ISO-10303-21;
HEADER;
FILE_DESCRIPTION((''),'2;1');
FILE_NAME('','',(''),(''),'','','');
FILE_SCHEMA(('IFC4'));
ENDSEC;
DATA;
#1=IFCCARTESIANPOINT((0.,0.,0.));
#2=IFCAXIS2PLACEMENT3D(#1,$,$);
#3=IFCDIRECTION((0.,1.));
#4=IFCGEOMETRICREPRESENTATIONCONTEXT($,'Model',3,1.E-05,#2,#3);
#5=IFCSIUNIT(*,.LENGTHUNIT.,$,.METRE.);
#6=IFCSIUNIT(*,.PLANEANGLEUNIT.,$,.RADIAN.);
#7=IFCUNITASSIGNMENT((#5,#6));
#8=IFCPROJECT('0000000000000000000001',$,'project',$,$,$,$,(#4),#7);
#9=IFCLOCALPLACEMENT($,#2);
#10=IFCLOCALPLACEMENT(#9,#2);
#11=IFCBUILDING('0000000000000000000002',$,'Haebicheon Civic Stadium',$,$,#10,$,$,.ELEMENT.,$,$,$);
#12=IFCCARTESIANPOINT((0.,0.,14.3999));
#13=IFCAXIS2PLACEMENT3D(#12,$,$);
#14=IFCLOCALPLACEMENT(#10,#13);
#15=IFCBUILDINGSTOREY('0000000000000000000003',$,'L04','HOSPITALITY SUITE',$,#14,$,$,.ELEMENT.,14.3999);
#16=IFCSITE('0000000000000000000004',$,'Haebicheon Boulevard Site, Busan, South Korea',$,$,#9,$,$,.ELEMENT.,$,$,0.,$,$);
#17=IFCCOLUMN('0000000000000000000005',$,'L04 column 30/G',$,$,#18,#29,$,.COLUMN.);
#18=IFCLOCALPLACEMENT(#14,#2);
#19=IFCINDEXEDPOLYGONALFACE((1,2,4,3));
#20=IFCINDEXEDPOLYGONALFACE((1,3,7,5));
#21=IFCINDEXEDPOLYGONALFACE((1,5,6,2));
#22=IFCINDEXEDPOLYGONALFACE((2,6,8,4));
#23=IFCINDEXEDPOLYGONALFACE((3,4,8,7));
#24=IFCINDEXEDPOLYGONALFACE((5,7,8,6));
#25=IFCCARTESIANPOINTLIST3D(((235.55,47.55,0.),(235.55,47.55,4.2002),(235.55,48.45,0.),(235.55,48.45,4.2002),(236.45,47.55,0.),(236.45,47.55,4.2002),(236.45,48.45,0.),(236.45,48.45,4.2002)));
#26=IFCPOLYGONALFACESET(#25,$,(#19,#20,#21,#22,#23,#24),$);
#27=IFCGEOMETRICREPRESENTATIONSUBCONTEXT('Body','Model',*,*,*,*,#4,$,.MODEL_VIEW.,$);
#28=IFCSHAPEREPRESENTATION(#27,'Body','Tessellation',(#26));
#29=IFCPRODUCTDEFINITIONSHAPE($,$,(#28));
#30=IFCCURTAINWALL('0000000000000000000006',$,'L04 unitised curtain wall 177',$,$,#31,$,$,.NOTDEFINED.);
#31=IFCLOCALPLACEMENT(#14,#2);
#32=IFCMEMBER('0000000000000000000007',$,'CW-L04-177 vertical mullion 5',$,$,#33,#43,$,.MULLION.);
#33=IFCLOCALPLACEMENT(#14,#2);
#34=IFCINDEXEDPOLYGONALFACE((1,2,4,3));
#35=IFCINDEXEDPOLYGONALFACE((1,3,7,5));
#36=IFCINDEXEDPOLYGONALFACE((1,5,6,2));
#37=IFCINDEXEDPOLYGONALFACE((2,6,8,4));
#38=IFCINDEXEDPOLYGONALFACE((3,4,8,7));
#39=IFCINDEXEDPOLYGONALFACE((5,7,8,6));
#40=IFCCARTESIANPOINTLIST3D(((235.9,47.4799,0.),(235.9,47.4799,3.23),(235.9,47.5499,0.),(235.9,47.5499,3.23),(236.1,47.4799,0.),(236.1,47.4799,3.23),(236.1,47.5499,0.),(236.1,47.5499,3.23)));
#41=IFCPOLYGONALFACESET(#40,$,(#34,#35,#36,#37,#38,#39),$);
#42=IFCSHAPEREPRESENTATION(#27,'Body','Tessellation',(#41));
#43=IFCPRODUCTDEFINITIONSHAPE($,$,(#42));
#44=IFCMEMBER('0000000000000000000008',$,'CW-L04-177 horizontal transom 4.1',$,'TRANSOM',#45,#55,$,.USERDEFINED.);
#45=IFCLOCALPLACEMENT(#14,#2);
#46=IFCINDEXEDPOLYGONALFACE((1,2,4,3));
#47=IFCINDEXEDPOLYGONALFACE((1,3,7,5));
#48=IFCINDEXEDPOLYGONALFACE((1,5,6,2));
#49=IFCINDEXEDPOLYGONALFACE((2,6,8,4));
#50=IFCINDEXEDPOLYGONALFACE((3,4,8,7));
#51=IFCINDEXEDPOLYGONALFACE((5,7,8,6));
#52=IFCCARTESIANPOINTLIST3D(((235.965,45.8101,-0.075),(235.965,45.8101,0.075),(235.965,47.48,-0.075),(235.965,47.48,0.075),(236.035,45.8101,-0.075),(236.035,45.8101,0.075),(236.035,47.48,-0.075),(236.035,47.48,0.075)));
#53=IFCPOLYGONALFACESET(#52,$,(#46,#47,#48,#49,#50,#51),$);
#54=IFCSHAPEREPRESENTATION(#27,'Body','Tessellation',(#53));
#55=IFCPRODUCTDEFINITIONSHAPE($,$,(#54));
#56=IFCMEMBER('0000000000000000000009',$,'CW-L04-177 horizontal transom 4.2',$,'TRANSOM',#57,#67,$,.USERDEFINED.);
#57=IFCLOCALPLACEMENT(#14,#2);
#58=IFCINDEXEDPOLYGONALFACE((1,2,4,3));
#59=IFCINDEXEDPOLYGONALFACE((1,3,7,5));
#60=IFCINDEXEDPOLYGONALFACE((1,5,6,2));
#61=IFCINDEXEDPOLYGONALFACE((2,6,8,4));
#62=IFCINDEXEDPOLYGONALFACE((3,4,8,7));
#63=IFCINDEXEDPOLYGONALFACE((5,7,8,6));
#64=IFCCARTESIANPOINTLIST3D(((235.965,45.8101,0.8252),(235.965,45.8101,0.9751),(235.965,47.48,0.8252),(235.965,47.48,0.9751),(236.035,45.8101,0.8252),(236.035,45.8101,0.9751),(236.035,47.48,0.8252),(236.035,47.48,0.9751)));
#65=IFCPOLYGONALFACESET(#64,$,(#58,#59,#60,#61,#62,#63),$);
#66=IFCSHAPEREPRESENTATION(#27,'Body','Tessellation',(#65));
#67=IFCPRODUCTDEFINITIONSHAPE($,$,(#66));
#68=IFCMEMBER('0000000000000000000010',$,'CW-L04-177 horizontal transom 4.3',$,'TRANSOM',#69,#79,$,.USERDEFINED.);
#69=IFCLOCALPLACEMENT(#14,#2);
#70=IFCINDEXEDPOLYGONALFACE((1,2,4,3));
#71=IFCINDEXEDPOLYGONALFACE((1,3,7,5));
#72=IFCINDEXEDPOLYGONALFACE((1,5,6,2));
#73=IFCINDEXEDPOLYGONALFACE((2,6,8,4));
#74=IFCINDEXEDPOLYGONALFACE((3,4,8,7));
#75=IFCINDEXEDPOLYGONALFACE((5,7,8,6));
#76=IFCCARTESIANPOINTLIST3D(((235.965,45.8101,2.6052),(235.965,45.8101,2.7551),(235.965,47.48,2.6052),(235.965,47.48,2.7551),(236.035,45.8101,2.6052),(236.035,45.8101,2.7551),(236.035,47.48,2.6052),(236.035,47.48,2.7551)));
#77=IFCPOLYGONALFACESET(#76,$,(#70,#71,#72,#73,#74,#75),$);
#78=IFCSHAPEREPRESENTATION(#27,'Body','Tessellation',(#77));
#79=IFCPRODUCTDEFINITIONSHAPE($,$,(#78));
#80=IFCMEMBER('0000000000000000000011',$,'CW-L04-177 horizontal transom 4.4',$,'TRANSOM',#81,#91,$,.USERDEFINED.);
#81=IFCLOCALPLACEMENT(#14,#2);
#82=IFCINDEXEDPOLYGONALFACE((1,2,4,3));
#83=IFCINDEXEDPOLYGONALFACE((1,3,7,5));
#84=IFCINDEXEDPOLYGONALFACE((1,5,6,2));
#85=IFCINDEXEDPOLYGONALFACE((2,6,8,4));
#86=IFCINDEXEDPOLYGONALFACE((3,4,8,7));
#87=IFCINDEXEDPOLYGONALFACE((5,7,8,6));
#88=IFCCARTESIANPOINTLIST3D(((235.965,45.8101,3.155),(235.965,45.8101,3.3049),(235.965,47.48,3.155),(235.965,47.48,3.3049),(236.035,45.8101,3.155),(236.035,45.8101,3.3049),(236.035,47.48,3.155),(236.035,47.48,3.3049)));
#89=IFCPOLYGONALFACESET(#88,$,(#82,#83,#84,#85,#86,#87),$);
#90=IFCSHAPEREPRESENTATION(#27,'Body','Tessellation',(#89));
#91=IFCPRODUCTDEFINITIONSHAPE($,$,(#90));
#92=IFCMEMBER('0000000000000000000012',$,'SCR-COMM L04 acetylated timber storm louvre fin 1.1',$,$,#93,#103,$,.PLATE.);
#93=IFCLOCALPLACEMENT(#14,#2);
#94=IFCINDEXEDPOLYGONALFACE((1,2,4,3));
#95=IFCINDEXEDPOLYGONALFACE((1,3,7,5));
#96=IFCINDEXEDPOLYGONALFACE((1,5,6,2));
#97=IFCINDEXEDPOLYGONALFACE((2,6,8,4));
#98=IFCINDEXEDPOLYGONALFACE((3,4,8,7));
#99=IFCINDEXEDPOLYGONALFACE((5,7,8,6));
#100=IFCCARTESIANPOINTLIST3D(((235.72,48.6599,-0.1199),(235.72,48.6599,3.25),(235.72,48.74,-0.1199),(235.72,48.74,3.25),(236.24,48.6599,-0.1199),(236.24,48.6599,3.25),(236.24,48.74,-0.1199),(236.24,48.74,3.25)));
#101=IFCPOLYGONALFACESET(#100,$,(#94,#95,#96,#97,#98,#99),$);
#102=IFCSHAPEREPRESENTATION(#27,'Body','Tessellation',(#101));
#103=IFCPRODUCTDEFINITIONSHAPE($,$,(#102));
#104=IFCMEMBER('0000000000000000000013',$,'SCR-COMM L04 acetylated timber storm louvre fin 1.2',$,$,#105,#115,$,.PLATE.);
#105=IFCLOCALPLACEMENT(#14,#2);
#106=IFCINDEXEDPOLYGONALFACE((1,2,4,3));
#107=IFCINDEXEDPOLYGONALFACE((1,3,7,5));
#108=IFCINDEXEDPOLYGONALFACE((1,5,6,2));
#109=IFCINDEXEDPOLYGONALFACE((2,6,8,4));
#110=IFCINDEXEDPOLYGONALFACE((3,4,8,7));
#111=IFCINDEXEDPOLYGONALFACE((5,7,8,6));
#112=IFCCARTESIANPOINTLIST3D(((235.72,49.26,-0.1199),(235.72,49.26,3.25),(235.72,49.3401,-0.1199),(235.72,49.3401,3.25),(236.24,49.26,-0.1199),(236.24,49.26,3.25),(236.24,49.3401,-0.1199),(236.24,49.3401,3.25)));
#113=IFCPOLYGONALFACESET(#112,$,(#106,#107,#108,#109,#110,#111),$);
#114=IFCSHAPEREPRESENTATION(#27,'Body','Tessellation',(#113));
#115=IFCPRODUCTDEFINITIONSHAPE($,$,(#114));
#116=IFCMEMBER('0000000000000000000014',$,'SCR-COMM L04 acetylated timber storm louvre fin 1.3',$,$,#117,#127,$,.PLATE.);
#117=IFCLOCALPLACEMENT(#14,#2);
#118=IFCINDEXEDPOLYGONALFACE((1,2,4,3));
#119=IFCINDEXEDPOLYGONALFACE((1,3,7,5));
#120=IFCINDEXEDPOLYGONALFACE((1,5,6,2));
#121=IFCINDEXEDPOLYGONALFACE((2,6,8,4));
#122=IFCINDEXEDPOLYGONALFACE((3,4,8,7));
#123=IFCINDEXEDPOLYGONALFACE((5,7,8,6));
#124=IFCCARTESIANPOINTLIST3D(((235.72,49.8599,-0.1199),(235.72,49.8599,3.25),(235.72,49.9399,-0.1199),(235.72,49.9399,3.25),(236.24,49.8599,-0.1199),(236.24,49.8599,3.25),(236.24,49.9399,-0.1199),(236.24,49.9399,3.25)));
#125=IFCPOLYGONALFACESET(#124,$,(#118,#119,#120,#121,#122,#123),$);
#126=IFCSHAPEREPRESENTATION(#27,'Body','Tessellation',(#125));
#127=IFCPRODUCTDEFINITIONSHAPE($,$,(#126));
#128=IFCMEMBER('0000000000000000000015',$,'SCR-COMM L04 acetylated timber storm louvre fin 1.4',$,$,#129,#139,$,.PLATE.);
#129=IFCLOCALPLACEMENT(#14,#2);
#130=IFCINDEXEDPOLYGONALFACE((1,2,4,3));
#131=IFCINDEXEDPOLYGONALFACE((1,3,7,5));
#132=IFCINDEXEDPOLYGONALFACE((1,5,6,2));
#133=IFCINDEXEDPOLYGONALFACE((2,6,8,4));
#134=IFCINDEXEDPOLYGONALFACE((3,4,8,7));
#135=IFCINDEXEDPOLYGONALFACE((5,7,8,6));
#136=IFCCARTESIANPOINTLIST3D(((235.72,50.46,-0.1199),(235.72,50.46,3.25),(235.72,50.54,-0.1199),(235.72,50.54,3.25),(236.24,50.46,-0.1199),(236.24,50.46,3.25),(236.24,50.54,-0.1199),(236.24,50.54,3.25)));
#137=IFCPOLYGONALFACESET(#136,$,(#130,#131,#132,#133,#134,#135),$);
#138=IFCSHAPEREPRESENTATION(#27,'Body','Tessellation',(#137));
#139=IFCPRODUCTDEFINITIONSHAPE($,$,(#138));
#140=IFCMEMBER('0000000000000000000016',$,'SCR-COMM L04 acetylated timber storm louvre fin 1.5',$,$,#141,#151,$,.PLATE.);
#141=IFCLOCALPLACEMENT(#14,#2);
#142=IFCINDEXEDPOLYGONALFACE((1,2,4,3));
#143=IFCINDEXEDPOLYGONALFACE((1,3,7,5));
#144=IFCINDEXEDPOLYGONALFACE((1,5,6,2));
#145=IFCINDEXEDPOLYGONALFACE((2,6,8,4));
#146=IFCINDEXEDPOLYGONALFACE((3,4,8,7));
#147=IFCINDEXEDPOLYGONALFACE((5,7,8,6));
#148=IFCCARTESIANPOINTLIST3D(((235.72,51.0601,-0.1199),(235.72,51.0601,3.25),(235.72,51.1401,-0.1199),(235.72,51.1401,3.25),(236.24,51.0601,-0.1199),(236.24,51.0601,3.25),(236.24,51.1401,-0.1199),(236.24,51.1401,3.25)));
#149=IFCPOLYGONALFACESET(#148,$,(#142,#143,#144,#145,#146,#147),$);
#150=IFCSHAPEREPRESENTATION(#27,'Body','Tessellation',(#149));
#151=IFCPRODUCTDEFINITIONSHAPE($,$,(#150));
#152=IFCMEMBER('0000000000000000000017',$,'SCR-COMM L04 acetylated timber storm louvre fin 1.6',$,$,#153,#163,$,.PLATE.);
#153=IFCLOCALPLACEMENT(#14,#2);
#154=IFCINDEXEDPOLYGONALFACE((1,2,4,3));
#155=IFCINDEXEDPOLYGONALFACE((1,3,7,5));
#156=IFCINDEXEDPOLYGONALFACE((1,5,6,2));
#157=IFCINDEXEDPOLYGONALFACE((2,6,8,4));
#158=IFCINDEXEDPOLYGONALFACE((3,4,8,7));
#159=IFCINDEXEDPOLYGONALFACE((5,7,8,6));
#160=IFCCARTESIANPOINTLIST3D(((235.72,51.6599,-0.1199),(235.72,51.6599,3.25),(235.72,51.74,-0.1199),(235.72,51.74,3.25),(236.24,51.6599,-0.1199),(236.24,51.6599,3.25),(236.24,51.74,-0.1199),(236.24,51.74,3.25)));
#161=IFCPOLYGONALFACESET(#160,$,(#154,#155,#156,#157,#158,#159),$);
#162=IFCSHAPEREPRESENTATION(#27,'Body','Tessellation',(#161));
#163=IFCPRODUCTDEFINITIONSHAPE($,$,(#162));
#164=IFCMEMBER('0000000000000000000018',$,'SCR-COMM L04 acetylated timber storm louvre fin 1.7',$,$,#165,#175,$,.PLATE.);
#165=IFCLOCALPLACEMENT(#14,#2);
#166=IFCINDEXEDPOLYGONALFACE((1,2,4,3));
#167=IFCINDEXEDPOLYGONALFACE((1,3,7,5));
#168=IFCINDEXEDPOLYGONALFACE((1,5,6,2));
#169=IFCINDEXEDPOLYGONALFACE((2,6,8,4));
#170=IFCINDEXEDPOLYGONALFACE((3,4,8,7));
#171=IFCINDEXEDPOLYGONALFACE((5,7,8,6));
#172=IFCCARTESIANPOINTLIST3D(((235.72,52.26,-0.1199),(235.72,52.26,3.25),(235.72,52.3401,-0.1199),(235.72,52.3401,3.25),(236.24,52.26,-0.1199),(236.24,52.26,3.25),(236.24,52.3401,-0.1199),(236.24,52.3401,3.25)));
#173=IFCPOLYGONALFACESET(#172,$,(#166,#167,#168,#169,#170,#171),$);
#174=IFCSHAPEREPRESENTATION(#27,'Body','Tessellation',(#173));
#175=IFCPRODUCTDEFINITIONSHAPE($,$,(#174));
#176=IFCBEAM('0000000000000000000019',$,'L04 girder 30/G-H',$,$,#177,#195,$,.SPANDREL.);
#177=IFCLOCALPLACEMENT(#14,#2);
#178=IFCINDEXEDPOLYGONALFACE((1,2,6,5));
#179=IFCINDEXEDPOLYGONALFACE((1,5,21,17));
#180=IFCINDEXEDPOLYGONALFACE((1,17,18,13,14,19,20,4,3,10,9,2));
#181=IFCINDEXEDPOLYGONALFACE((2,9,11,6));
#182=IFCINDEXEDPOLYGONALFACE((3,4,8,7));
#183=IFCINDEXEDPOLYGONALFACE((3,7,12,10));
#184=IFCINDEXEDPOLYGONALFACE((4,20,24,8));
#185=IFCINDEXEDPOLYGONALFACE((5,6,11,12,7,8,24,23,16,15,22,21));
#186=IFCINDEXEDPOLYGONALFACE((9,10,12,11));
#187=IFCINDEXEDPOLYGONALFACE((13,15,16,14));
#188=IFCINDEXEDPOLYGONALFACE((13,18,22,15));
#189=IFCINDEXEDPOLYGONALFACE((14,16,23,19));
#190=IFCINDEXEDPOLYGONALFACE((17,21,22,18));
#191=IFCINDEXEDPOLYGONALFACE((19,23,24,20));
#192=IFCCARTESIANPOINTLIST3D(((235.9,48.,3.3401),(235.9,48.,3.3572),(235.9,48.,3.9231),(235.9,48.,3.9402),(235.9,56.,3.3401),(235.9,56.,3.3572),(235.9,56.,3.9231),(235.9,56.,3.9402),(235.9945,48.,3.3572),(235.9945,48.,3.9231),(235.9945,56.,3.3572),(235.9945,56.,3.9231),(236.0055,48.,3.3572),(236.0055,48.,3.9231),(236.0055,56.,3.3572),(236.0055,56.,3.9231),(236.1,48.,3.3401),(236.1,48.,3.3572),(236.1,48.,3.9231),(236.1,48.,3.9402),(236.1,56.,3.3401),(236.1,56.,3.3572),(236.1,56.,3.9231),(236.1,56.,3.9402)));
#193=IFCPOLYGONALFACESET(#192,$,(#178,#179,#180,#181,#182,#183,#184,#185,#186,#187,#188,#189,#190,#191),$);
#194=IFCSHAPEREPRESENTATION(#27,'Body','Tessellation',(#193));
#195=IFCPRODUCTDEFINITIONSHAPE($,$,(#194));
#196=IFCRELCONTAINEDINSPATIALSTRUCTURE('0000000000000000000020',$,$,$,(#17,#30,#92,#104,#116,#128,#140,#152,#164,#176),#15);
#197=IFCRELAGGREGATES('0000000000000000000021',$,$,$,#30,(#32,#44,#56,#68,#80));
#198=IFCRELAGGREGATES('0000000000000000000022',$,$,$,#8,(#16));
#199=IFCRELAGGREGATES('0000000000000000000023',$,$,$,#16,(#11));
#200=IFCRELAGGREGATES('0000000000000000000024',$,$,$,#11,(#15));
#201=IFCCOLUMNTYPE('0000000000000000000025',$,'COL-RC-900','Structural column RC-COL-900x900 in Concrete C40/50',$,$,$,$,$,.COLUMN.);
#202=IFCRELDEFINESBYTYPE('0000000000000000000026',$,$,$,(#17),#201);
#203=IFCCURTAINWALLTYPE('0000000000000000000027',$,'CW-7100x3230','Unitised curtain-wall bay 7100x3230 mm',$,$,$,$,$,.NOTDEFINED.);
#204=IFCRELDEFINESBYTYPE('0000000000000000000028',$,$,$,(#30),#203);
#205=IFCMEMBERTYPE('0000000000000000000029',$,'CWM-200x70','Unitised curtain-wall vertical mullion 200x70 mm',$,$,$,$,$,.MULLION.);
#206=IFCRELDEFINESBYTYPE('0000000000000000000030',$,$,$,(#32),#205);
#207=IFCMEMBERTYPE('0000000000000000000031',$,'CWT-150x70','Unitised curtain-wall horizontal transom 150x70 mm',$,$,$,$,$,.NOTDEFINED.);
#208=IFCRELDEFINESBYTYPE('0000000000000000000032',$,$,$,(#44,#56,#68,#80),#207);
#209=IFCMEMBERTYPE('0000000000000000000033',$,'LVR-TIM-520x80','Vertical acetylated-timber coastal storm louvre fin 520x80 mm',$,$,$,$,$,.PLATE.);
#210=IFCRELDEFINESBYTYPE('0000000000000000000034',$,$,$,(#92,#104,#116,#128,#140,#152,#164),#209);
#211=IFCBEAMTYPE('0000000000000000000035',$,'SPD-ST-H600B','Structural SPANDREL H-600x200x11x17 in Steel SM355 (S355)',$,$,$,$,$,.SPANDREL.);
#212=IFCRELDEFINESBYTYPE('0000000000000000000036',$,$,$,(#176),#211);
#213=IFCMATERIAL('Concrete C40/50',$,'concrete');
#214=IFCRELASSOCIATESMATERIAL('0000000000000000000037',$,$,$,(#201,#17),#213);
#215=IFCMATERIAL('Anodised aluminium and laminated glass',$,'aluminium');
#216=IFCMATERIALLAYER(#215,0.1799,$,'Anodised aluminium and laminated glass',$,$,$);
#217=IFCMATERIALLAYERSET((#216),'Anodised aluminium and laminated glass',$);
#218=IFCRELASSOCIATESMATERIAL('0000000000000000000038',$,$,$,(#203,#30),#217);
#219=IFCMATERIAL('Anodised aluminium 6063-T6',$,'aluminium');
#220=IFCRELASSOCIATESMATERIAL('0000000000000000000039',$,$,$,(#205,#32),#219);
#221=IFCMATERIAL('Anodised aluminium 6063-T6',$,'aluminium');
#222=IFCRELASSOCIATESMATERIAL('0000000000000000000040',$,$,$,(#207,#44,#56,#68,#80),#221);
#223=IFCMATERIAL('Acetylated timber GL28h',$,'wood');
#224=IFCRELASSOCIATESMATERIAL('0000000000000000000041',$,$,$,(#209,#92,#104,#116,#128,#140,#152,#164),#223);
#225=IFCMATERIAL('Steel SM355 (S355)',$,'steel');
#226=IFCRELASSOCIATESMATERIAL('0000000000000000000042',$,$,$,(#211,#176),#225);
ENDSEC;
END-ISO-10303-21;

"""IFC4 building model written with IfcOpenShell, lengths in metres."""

from ifc_helpers import new_model, si_unit, direction, frame, origin, origin_2d, place, context, subcontext, project, spatial, rectangle, i_section, extrude, material, layer, layer_set, material_profile, profile_set, type_object, element, aggregate, save


model = new_model("IFC4")

# Units and contexts
model_context = context("Model", 3, precision=1e-05, world=origin(), true_north=direction((0.0, 1.0)))
body_context = subcontext(model_context, "Body", "Model", "MODEL_VIEW")
ifc_project = project(units=[si_unit("LENGTHUNIT", "METRE"), si_unit("PLANEANGLEUNIT", "RADIAN")], contexts=[model_context])

# Site, building, storey
site_placement = place(None, origin())
site = spatial("IfcSite", under=ifc_project, at=site_placement, Name="Haebicheon Boulevard Site, Busan, South Korea", CompositionType="ELEMENT", RefElevation=0.0)
building_placement = place(site_placement, origin())
building = spatial("IfcBuilding", under=site, at=building_placement, Name="Haebicheon Civic Stadium", CompositionType="ELEMENT")
storey_placement = place(building_placement, frame((0.0, 0.0, 14.3999)))
storey = spatial("IfcBuildingStorey", under=building, at=storey_placement, Name="L04", Description="HOSPITALITY SUITE", CompositionType="ELEMENT", Elevation=14.3999)

# Column
ifc_material_1 = material(Name="Concrete C40/50", Category="concrete")
ifc_material_profile_1 = material_profile(ifc_material_1, rectangle(XDim=0.8999, YDim=0.8999, at=origin_2d()), Name="RC-COL-900x900")
ifc_profile_set_1 = profile_set([ifc_material_profile_1], Name="Concrete C40/50")
column_type = type_object("IfcColumnType", Name="COL-RC-900", Description="Structural column RC-COL-900x900 in Concrete C40/50", PredefinedType="COLUMN", material=ifc_profile_set_1)
column_placement = place(storey_placement, frame((236.0, 48.0, 0.0), z_axis=(0.0, 0.0, 1.0), x_axis=(1.0, 0.0, 0.0)))
element("IfcColumn", 1, at=column_placement, inside=storey, type_object=column_type, material=ifc_profile_set_1, Name="L04 column 30/G", PredefinedType="COLUMN", context=body_context, shape_type="SweptSolid", body=[
    extrude(rectangle(XDim=0.8999, YDim=0.8999, at=origin_2d()), origin(), (0.0, 0.0, 1.0), 4.2002),
])

# Curtain wall, members
ifc_material_2 = material(Name="Anodised aluminium and laminated glass", Category="aluminium")
ifc_layer_1 = layer(ifc_material_2, 0.1799, Name="Anodised aluminium and laminated glass")
ifc_layer_set_1 = layer_set([ifc_layer_1], Name="Anodised aluminium and laminated glass")
curtain_wall_type = type_object("IfcCurtainWallType", Name="CW-7100x3230", Description="Unitised curtain-wall bay 7100x3230 mm", PredefinedType="NOTDEFINED", material=ifc_layer_set_1)
curtain_wall_placement = place(storey_placement, origin())
curtain_wall = element("IfcCurtainWall", 2, at=curtain_wall_placement, inside=storey, type_object=curtain_wall_type, material=ifc_layer_set_1, Name="L04 unitised curtain wall 177", PredefinedType="NOTDEFINED")
ifc_material_3 = material(Name="Anodised aluminium 6063-T6", Category="aluminium")
ifc_material_profile_2 = material_profile(ifc_material_3, rectangle(XDim=0.0701, YDim=0.2, at=origin_2d()), Name="ALU-MULL-70x200")
ifc_profile_set_2 = profile_set([ifc_material_profile_2], Name="Anodised aluminium 6063-T6")
member_type_1 = type_object("IfcMemberType", Name="CWM-200x70", Description="Unitised curtain-wall vertical mullion 200x70 mm", PredefinedType="MULLION", material=ifc_profile_set_2)
member_1_placement = place(storey_placement, frame((236.0, 47.5149, 0.0), z_axis=(0.0, 0.0, 1.0), x_axis=(0.0, 1.0, 0.0)))
member_1 = element("IfcMember", 3, at=member_1_placement, type_object=member_type_1, material=ifc_profile_set_2, Name="CW-L04-177 vertical mullion 5", PredefinedType="MULLION", context=body_context, shape_type="SweptSolid", body=[
    extrude(rectangle(XDim=0.0701, YDim=0.2, at=origin_2d()), origin(), (0.0, 0.0, 1.0), 3.23),
])
ifc_material_4 = material(Name="Anodised aluminium 6063-T6", Category="aluminium")
ifc_material_profile_3 = material_profile(ifc_material_4, rectangle(XDim=0.0701, YDim=0.1499, at=origin_2d()), Name="ALU-TRAN-70x150")
ifc_profile_set_3 = profile_set([ifc_material_profile_3], Name="Anodised aluminium 6063-T6")
member_type_2 = type_object("IfcMemberType", Name="CWT-150x70", Description="Unitised curtain-wall horizontal transom 150x70 mm", PredefinedType="NOTDEFINED", material=ifc_profile_set_3)
member_2_placement = place(storey_placement, frame((236.0, 45.8101, 0.0), z_axis=(0.0, 1.0, 0.0), x_axis=(-1.0, 0.0, 0.0)))
member_2 = element("IfcMember", 4, at=member_2_placement, type_object=member_type_2, material=ifc_profile_set_3, Name="CW-L04-177 horizontal transom 4.1", ObjectType="TRANSOM", PredefinedType="USERDEFINED", context=body_context, shape_type="SweptSolid", body=[
    extrude(rectangle(XDim=0.0701, YDim=0.1499, at=origin_2d()), origin(), (0.0, 0.0, 1.0), 1.6699),
])
member_3_placement = place(storey_placement, frame((236.0, 45.8101, 0.9001), z_axis=(0.0, 1.0, 0.0), x_axis=(-1.0, 0.0, 0.0)))
member_3 = element("IfcMember", 5, at=member_3_placement, type_object=member_type_2, material=ifc_profile_set_3, Name="CW-L04-177 horizontal transom 4.2", ObjectType="TRANSOM", PredefinedType="USERDEFINED", context=body_context, shape_type="SweptSolid", body=[
    extrude(rectangle(XDim=0.0701, YDim=0.1499, at=origin_2d()), origin(), (0.0, 0.0, 1.0), 1.6699),
])
member_4_placement = place(storey_placement, frame((236.0, 45.8101, 2.6802), z_axis=(0.0, 1.0, 0.0), x_axis=(-1.0, 0.0, 0.0)))
member_4 = element("IfcMember", 6, at=member_4_placement, type_object=member_type_2, material=ifc_profile_set_3, Name="CW-L04-177 horizontal transom 4.3", ObjectType="TRANSOM", PredefinedType="USERDEFINED", context=body_context, shape_type="SweptSolid", body=[
    extrude(rectangle(XDim=0.0701, YDim=0.1499, at=origin_2d()), origin(), (0.0, 0.0, 1.0), 1.6699),
])
member_5_placement = place(storey_placement, frame((236.0, 45.8101, 3.23), z_axis=(0.0, 1.0, 0.0), x_axis=(-1.0, 0.0, 0.0)))
member_5 = element("IfcMember", 7, at=member_5_placement, type_object=member_type_2, material=ifc_profile_set_3, Name="CW-L04-177 horizontal transom 4.4", ObjectType="TRANSOM", PredefinedType="USERDEFINED", context=body_context, shape_type="SweptSolid", body=[
    extrude(rectangle(XDim=0.0701, YDim=0.1499, at=origin_2d()), origin(), (0.0, 0.0, 1.0), 1.6699),
])

# Members
ifc_material_5 = material(Name="Acetylated timber GL28h", Category="wood")
ifc_material_profile_4 = material_profile(ifc_material_5, rectangle(XDim=0.0801, YDim=0.52, at=origin_2d()), Name="TMB-LOUV-80x520")
ifc_profile_set_4 = profile_set([ifc_material_profile_4], Name="Acetylated timber GL28h")
member_type_3 = type_object("IfcMemberType", Name="LVR-TIM-520x80", Description="Vertical acetylated-timber coastal storm louvre fin 520x80 mm", PredefinedType="PLATE", material=ifc_profile_set_4)
for number, where, z_axis, x_axis, name in (
    (8, (235.98, 48.7, -0.1199), (0.0, 0.0, 1.0), (0.0, 1.0, 0.0), "SCR-COMM L04 acetylated timber storm louvre fin 1.1"),
    (9, (235.98, 49.3, -0.1199), (0.0, 0.0, 1.0), (0.0, 1.0, 0.0), "SCR-COMM L04 acetylated timber storm louvre fin 1.2"),
    (10, (235.98, 49.8999, -0.1199), (0.0, 0.0, 1.0), (0.0, 1.0, 0.0), "SCR-COMM L04 acetylated timber storm louvre fin 1.3"),
    (11, (235.98, 50.5, -0.1199), (0.0, 0.0, 1.0), (0.0, 1.0, 0.0), "SCR-COMM L04 acetylated timber storm louvre fin 1.4"),
    (12, (235.98, 51.1001, -0.1199), (0.0, 0.0, 1.0), (0.0, 1.0, 0.0), "SCR-COMM L04 acetylated timber storm louvre fin 1.5"),
    (13, (235.98, 51.7, -0.1199), (0.0, 0.0, 1.0), (0.0, 1.0, 0.0), "SCR-COMM L04 acetylated timber storm louvre fin 1.6"),
    (14, (235.98, 52.3, -0.1199), (0.0, 0.0, 1.0), (0.0, 1.0, 0.0), "SCR-COMM L04 acetylated timber storm louvre fin 1.7"),
):
    element("IfcMember", number, at=place(storey_placement, frame(where, z_axis=z_axis, x_axis=x_axis)), inside=storey, type_object=member_type_3, material=ifc_profile_set_4, Name=name, PredefinedType="PLATE", context=body_context, shape_type="SweptSolid", body=[
        extrude(rectangle(XDim=0.0801, YDim=0.52, at=origin_2d()), origin(), (0.0, 0.0, 1.0), 3.3699),
    ])

# Beam
ifc_material_6 = material(Name="Steel SM355 (S355)", Category="steel")
ifc_material_profile_5 = material_profile(ifc_material_6, i_section(OverallWidth=0.2, OverallDepth=0.6001, WebThickness=0.011, FlangeThickness=0.0171, at=origin_2d()), Name="H-600x200x11x17")
ifc_profile_set_5 = profile_set([ifc_material_profile_5], Name="Steel SM355 (S355)")
beam_type = type_object("IfcBeamType", Name="SPD-ST-H600B", Description="Structural SPANDREL H-600x200x11x17 in Steel SM355 (S355)", PredefinedType="SPANDREL", material=ifc_profile_set_5)
beam_placement = place(storey_placement, frame((236.0, 48.0, 3.6401), z_axis=(0.0, 1.0, 0.0), x_axis=(-1.0, 0.0, 0.0)))
element("IfcBeam", 15, at=beam_placement, inside=storey, type_object=beam_type, material=ifc_profile_set_5, Name="L04 girder 30/G-H", PredefinedType="SPANDREL", context=body_context, shape_type="SweptSolid", body=[
    extrude(i_section(OverallWidth=0.2, OverallDepth=0.6001, WebThickness=0.011, FlangeThickness=0.0171, at=origin_2d()), origin(), (0.0, 0.0, 1.0), 8.0),
])

aggregate(curtain_wall, [member_1, member_2, member_3, member_4, member_5])

save(model, "model.ifc")
